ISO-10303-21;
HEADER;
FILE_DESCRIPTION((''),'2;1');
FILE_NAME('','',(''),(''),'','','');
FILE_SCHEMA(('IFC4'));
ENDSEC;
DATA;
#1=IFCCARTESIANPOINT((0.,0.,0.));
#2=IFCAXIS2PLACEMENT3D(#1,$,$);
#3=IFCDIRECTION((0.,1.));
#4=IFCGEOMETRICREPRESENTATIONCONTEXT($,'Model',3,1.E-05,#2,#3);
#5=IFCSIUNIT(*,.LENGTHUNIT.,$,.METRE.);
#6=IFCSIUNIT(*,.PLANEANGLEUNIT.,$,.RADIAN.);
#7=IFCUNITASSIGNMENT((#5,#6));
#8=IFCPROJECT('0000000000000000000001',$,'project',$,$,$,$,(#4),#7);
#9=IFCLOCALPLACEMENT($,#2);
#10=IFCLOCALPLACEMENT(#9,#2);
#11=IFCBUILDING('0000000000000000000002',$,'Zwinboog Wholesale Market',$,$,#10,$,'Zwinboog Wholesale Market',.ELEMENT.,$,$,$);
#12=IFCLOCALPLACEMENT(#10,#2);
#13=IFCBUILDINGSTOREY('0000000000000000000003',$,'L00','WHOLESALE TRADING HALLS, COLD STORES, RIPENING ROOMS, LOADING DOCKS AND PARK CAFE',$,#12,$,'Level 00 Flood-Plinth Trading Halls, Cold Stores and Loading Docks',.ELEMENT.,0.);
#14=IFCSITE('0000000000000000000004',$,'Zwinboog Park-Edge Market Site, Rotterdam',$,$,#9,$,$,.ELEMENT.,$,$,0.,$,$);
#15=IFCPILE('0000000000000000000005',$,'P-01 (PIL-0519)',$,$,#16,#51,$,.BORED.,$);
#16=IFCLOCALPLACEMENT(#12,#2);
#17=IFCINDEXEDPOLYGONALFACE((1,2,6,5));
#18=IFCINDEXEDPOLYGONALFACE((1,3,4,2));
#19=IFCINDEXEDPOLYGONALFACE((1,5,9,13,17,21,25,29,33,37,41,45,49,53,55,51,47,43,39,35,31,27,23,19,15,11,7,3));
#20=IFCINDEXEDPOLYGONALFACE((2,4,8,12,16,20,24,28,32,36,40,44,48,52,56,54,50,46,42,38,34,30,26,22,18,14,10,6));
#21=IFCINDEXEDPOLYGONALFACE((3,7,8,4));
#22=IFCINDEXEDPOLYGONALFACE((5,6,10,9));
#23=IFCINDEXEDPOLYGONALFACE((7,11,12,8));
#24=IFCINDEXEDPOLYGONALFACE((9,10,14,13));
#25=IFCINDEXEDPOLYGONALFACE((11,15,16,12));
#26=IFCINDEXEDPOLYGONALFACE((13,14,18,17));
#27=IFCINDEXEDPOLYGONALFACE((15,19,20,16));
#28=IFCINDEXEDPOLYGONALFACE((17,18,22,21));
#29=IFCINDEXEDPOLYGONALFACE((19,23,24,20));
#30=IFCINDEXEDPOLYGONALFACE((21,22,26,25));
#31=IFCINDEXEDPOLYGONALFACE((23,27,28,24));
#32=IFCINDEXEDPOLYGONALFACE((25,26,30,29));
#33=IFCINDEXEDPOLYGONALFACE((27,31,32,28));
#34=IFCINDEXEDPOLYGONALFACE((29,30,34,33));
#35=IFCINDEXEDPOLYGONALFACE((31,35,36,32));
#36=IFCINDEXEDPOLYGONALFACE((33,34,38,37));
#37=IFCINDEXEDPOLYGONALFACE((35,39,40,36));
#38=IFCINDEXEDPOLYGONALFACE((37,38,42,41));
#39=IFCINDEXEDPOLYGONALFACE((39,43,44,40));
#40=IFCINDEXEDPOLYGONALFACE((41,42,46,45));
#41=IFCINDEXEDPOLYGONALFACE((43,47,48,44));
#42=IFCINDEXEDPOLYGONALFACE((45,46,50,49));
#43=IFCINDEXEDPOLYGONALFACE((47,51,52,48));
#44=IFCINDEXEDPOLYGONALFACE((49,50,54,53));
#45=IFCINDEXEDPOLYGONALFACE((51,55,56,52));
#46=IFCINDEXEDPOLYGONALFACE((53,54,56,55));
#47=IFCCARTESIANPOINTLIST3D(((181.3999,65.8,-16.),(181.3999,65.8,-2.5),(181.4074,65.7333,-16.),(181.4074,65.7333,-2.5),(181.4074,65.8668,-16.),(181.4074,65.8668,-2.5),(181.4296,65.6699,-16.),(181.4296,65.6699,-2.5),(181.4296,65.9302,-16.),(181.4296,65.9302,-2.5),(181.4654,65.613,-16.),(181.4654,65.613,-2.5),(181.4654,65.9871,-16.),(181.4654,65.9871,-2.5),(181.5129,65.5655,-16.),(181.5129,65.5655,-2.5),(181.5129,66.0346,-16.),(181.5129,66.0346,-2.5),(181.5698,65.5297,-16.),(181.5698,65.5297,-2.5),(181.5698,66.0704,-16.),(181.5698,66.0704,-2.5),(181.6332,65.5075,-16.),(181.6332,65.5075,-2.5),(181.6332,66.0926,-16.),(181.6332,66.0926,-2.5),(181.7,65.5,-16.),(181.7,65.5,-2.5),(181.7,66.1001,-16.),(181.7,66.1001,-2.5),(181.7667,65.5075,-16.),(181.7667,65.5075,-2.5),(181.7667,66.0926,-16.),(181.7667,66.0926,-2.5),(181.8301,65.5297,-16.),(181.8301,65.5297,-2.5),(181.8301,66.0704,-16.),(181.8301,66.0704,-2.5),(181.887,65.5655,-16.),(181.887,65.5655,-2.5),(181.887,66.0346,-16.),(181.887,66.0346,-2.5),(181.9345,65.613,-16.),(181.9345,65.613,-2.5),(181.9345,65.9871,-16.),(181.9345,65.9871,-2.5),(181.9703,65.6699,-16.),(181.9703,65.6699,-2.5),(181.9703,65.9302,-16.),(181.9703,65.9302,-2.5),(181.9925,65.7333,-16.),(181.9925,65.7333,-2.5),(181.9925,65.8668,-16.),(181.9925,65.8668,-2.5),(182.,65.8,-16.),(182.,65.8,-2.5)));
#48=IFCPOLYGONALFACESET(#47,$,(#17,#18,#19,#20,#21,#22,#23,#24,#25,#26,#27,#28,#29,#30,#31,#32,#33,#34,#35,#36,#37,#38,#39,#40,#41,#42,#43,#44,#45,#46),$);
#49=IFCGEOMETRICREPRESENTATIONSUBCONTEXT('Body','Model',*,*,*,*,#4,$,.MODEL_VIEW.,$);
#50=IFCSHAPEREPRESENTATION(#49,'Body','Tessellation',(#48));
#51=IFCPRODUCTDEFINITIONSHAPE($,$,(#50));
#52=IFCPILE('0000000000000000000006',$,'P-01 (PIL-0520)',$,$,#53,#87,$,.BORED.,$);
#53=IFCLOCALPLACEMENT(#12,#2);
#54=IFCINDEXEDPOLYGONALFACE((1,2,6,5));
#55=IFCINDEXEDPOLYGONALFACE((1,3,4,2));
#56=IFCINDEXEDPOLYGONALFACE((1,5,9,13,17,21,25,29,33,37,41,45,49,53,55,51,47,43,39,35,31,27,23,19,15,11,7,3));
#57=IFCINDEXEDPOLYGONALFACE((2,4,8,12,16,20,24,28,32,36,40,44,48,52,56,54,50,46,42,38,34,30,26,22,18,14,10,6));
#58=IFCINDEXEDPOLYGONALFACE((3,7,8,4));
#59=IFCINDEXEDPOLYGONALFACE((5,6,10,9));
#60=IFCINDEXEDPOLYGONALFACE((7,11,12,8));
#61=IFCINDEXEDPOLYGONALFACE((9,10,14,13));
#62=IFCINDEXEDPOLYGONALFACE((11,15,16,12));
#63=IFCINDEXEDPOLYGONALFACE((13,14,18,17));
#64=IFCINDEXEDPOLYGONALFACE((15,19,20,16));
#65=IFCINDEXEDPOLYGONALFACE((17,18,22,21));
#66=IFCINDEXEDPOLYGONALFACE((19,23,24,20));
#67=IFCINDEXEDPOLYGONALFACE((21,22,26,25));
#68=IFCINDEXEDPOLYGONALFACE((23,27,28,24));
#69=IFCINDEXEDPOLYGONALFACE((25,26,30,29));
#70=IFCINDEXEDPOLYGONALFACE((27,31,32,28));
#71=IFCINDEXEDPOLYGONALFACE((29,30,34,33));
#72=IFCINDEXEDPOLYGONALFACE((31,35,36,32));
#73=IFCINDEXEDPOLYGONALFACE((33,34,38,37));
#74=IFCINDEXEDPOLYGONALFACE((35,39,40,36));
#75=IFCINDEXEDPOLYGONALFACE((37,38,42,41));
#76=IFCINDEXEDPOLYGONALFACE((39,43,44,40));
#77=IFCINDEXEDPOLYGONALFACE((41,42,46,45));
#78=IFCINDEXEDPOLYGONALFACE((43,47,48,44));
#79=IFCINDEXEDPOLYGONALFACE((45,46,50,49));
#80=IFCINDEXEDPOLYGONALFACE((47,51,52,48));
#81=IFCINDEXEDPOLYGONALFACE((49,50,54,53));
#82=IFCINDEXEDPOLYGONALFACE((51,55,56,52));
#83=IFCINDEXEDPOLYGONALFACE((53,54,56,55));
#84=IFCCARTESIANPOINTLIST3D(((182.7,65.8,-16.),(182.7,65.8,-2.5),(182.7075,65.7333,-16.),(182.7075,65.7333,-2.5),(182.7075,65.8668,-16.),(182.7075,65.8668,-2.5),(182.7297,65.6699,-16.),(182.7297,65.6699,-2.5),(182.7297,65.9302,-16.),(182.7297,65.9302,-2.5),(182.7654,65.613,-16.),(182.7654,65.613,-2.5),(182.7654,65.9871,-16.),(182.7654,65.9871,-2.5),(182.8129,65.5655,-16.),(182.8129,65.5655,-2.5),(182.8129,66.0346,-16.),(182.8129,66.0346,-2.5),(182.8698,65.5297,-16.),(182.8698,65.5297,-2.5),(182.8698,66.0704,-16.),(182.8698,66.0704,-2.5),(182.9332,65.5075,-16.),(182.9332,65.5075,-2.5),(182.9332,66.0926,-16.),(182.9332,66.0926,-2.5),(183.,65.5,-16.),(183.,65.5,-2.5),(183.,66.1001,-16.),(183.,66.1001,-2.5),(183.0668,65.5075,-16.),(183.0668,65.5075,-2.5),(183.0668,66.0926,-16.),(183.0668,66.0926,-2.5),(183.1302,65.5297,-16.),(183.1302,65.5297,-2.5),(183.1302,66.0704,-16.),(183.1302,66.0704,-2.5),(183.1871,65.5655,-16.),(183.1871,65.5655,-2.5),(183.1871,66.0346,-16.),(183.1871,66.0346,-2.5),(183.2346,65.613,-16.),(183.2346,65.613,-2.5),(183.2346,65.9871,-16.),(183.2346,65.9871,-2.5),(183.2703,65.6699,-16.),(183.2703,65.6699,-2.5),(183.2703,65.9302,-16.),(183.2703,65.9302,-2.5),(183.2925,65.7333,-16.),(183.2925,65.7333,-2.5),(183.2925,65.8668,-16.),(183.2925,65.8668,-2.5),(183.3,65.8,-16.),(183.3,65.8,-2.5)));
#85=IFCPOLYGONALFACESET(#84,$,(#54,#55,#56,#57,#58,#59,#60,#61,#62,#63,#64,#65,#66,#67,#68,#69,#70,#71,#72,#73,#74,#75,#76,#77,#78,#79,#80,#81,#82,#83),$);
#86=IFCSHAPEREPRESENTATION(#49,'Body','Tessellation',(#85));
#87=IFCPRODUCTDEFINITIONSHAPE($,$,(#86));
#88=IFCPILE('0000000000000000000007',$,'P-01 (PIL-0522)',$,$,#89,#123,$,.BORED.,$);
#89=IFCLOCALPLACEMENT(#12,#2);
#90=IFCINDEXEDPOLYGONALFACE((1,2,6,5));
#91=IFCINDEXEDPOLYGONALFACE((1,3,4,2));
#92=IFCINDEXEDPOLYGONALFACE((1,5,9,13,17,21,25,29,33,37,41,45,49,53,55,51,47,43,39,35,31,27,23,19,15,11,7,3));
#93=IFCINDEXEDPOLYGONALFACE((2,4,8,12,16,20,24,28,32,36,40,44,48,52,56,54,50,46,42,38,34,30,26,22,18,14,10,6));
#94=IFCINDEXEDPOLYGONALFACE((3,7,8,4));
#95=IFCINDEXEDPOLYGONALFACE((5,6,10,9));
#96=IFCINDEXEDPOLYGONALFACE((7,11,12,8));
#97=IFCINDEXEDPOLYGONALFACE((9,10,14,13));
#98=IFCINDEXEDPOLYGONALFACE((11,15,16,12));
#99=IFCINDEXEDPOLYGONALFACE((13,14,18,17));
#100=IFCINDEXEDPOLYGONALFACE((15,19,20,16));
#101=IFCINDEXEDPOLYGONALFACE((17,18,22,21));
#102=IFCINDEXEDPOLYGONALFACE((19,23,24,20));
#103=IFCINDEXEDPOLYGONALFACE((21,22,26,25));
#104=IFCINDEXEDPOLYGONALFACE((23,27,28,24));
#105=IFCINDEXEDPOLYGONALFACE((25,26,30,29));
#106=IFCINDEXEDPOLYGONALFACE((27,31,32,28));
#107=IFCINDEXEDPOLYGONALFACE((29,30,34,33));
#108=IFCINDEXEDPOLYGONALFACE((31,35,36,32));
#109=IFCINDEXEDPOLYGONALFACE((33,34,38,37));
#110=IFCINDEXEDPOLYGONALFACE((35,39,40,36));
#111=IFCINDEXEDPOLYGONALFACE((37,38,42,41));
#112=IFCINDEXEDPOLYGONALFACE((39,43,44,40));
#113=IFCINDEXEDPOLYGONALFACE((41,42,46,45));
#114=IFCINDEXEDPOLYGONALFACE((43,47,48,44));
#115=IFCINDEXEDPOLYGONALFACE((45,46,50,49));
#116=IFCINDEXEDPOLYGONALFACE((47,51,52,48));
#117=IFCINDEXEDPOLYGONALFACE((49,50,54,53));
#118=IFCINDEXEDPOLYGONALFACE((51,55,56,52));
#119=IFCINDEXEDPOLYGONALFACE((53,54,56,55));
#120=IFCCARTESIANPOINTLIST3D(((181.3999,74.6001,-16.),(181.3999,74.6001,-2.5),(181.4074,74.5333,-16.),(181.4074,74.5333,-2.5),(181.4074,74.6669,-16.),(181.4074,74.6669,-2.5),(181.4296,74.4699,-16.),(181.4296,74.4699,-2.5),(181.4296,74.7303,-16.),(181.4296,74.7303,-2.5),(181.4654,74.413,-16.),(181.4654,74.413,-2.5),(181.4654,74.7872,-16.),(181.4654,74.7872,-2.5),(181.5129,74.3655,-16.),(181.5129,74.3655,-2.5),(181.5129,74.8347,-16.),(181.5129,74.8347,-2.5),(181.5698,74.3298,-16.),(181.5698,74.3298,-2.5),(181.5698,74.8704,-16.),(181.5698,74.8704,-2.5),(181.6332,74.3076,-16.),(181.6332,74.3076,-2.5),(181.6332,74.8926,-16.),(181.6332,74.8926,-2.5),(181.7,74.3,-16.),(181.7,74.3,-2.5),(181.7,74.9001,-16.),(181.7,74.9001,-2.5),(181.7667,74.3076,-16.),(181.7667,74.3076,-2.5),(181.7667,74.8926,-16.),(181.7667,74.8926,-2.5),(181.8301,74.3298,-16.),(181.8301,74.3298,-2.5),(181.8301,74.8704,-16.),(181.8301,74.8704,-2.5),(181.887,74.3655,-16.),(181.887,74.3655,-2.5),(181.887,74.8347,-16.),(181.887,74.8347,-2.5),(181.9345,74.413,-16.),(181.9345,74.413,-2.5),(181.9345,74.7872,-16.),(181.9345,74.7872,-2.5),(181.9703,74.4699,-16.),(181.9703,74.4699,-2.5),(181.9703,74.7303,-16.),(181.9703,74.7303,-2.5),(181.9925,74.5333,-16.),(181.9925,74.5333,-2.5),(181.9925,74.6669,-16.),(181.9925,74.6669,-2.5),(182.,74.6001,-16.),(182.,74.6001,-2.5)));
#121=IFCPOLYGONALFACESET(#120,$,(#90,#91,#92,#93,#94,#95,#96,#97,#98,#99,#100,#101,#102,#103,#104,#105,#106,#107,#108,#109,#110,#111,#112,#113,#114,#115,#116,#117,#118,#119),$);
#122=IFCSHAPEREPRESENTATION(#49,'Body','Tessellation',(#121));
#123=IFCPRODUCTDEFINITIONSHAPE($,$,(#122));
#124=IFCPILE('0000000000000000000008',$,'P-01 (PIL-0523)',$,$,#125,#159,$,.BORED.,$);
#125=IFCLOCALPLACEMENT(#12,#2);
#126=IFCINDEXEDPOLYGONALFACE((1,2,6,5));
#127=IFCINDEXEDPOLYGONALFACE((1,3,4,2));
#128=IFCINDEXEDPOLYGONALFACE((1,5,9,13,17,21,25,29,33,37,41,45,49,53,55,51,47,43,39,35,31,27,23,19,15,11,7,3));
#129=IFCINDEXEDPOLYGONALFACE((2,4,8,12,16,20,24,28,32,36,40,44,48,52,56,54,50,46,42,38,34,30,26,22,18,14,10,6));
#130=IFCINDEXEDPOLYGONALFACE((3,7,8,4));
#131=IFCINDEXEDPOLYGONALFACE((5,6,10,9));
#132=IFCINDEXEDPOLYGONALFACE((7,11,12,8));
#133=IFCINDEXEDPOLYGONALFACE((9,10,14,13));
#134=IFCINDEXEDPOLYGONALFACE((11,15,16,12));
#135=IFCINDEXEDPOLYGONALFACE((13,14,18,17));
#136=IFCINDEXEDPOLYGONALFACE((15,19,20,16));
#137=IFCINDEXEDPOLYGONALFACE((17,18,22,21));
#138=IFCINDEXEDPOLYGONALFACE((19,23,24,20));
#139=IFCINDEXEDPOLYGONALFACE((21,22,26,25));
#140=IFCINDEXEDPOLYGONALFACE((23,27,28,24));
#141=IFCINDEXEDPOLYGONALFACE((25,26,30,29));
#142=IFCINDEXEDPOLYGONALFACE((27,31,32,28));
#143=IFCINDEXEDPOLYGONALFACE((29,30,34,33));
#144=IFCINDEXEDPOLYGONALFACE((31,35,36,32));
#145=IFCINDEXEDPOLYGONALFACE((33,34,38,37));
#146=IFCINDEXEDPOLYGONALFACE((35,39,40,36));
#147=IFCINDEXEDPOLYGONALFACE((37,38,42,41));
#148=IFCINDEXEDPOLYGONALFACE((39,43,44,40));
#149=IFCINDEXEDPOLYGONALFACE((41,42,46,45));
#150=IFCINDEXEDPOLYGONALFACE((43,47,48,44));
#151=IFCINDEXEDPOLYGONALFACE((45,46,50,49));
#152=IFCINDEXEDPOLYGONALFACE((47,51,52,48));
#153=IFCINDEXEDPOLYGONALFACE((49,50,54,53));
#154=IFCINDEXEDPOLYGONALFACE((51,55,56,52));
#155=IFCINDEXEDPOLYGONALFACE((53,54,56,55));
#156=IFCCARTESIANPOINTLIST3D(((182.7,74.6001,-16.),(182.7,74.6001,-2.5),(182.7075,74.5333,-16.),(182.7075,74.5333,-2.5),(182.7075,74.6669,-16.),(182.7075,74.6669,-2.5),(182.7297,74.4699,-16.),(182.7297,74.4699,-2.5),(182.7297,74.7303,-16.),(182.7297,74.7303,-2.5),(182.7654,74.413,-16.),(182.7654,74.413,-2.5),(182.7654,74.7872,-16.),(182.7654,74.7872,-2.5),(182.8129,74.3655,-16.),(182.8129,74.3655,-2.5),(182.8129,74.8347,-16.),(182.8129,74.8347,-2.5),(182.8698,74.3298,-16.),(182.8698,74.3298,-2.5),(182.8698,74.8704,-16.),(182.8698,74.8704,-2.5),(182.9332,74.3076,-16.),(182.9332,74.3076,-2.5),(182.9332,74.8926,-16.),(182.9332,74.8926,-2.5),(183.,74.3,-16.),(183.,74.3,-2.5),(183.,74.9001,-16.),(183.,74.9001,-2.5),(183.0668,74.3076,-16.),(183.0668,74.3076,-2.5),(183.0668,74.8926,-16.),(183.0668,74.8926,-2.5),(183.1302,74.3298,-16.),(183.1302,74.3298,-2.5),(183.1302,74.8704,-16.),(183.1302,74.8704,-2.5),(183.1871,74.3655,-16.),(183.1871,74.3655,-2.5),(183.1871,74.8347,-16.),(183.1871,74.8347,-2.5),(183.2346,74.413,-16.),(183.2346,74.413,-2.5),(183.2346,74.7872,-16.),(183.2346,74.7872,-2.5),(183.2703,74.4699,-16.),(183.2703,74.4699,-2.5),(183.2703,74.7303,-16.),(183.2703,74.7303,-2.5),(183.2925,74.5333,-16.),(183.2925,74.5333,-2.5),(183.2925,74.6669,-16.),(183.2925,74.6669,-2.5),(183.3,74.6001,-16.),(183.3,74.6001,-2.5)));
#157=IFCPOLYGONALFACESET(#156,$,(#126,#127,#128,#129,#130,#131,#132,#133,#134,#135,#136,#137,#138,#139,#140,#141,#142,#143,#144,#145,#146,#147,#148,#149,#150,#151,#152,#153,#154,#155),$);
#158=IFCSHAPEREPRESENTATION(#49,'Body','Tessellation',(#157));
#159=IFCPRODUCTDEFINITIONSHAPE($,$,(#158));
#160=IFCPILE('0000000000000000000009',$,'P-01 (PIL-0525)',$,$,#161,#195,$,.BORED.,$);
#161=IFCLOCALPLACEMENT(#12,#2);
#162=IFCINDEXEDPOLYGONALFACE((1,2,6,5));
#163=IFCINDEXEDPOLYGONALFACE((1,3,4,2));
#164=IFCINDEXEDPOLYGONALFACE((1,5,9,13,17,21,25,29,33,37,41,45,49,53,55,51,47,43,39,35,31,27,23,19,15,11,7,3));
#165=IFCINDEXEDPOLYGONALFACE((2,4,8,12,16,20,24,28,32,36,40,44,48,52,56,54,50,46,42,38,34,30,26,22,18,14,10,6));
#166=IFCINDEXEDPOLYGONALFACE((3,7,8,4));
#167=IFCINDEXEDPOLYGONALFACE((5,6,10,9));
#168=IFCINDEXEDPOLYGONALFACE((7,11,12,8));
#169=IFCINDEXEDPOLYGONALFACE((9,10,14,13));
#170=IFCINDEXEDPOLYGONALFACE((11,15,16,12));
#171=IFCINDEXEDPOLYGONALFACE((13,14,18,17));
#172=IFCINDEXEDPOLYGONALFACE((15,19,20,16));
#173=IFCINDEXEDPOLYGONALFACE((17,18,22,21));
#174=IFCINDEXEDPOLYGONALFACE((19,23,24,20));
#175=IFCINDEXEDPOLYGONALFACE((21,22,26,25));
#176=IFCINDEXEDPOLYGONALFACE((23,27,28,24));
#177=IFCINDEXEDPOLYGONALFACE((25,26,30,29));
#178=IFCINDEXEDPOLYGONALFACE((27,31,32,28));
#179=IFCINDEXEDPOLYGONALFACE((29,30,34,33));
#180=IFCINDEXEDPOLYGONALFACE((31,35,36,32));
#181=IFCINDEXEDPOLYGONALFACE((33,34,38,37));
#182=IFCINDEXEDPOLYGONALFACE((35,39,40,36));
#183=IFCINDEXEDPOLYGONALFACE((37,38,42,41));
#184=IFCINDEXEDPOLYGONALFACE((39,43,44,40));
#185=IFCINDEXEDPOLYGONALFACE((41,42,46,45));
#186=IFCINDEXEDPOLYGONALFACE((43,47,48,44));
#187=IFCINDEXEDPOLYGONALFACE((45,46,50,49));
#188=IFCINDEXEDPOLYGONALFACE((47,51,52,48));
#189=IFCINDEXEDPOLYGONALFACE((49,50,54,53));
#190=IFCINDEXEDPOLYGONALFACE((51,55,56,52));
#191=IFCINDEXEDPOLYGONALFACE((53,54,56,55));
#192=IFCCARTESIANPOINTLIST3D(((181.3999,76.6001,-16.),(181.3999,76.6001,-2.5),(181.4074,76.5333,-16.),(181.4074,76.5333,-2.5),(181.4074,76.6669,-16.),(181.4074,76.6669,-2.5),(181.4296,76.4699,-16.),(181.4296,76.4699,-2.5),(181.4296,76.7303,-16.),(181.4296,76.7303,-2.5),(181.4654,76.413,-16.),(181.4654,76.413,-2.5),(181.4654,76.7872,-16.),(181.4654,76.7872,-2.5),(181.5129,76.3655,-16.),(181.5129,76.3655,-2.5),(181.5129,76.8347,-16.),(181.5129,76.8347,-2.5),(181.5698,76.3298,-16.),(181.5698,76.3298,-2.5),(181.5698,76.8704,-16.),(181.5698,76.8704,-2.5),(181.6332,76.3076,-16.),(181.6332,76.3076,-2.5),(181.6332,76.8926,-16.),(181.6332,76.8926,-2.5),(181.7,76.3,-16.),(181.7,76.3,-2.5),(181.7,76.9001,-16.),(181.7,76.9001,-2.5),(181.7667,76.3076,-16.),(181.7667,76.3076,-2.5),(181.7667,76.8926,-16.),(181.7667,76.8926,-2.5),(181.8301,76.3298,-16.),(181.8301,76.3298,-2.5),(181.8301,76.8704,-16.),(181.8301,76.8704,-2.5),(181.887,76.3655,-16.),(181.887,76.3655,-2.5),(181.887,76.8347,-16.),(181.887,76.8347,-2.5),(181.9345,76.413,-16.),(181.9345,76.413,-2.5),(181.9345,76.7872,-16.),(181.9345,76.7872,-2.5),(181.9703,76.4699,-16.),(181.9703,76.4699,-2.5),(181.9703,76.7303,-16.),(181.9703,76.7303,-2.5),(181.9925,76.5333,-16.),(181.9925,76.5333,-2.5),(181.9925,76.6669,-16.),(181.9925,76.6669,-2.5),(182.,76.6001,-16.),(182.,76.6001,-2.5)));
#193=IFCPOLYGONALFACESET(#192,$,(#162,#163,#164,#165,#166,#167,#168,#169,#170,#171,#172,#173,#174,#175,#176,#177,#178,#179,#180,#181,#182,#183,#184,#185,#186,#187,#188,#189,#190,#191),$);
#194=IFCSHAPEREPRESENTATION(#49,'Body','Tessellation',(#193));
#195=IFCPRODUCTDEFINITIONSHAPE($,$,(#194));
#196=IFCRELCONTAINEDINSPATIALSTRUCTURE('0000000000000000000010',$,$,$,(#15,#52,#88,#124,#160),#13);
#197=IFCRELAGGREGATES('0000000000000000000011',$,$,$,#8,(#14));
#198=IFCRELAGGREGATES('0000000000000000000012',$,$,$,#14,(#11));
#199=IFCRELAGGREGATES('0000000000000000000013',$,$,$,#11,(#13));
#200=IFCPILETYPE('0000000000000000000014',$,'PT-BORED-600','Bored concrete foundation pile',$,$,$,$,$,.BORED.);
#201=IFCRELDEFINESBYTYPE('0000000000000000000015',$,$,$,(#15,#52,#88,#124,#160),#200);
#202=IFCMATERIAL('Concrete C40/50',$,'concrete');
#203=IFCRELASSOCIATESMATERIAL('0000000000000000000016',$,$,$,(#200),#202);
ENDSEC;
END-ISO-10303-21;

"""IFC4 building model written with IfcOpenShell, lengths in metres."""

from ifc_helpers import new_model, si_unit, direction, frame, origin, origin_2d, place, context, subcontext, project, spatial, circle, extrude, material, material_profile, profile_set, type_object, element, save


model = new_model("IFC4")

# Units and contexts
model_context = context("Model", 3, precision=1e-05, world=origin(), true_north=direction((0.0, 1.0)))
body_context = subcontext(model_context, "Body", "Model", "MODEL_VIEW")
ifc_project = project(units=[si_unit("LENGTHUNIT", "METRE"), si_unit("PLANEANGLEUNIT", "RADIAN")], contexts=[model_context])

# Site, building, storey
site_placement = place(None, origin())
site = spatial("IfcSite", under=ifc_project, at=site_placement, Name="Zwinboog Park-Edge Market Site, Rotterdam", CompositionType="ELEMENT", RefElevation=0.0)
building_placement = place(site_placement, origin())
building = spatial("IfcBuilding", under=site, at=building_placement, Name="Zwinboog Wholesale Market", LongName="Zwinboog Wholesale Market", CompositionType="ELEMENT")
storey_placement = place(building_placement, origin())
storey = spatial("IfcBuildingStorey", under=building, at=storey_placement, Name="L00", Description="WHOLESALE TRADING HALLS, COLD STORES, RIPENING ROOMS, LOADING DOCKS AND PARK CAFE", LongName="Level 00 Flood-Plinth Trading Halls, Cold Stores and Loading Docks", CompositionType="ELEMENT", Elevation=0.0)

# Piles
ifc_material_1 = material(Name="Concrete C40/50", Category="concrete")
ifc_material_profile_1 = material_profile(ifc_material_1, circle(Radius=0.3, at=origin_2d()), Name="PILE D600")
ifc_profile_set_1 = profile_set([ifc_material_profile_1], Name="Concrete C40/50")
pile_type = type_object("IfcPileType", Name="PT-BORED-600", Description="Bored concrete foundation pile", PredefinedType="BORED", material=ifc_profile_set_1)
for number, where, z_axis, x_axis, name in (
    (1, (181.7, 65.8, -2.5), (0.0, 0.0, -1.0), (1.0, 0.0, 0.0), "P-01 (PIL-0519)"),
    (2, (183.0, 65.8, -2.5), (0.0, 0.0, -1.0), (1.0, 0.0, 0.0), "P-01 (PIL-0520)"),
    (3, (181.7, 74.6001, -2.5), (0.0, 0.0, -1.0), (1.0, 0.0, 0.0), "P-01 (PIL-0522)"),
    (4, (183.0, 74.6001, -2.5), (0.0, 0.0, -1.0), (1.0, 0.0, 0.0), "P-01 (PIL-0523)"),
    (5, (181.7, 76.6001, -2.5), (0.0, 0.0, -1.0), (1.0, 0.0, 0.0), "P-01 (PIL-0525)"),
):
    element("IfcPile", number, at=place(storey_placement, frame(where, z_axis=z_axis, x_axis=x_axis)), inside=storey, type_object=pile_type, Name=name, PredefinedType="BORED", context=body_context, shape_type="SweptSolid", body=[
        extrude(circle(Radius=0.3, at=origin_2d()), origin(), (0.0, 0.0, 1.0), 13.5),
    ])

save(model, "model.ifc")
